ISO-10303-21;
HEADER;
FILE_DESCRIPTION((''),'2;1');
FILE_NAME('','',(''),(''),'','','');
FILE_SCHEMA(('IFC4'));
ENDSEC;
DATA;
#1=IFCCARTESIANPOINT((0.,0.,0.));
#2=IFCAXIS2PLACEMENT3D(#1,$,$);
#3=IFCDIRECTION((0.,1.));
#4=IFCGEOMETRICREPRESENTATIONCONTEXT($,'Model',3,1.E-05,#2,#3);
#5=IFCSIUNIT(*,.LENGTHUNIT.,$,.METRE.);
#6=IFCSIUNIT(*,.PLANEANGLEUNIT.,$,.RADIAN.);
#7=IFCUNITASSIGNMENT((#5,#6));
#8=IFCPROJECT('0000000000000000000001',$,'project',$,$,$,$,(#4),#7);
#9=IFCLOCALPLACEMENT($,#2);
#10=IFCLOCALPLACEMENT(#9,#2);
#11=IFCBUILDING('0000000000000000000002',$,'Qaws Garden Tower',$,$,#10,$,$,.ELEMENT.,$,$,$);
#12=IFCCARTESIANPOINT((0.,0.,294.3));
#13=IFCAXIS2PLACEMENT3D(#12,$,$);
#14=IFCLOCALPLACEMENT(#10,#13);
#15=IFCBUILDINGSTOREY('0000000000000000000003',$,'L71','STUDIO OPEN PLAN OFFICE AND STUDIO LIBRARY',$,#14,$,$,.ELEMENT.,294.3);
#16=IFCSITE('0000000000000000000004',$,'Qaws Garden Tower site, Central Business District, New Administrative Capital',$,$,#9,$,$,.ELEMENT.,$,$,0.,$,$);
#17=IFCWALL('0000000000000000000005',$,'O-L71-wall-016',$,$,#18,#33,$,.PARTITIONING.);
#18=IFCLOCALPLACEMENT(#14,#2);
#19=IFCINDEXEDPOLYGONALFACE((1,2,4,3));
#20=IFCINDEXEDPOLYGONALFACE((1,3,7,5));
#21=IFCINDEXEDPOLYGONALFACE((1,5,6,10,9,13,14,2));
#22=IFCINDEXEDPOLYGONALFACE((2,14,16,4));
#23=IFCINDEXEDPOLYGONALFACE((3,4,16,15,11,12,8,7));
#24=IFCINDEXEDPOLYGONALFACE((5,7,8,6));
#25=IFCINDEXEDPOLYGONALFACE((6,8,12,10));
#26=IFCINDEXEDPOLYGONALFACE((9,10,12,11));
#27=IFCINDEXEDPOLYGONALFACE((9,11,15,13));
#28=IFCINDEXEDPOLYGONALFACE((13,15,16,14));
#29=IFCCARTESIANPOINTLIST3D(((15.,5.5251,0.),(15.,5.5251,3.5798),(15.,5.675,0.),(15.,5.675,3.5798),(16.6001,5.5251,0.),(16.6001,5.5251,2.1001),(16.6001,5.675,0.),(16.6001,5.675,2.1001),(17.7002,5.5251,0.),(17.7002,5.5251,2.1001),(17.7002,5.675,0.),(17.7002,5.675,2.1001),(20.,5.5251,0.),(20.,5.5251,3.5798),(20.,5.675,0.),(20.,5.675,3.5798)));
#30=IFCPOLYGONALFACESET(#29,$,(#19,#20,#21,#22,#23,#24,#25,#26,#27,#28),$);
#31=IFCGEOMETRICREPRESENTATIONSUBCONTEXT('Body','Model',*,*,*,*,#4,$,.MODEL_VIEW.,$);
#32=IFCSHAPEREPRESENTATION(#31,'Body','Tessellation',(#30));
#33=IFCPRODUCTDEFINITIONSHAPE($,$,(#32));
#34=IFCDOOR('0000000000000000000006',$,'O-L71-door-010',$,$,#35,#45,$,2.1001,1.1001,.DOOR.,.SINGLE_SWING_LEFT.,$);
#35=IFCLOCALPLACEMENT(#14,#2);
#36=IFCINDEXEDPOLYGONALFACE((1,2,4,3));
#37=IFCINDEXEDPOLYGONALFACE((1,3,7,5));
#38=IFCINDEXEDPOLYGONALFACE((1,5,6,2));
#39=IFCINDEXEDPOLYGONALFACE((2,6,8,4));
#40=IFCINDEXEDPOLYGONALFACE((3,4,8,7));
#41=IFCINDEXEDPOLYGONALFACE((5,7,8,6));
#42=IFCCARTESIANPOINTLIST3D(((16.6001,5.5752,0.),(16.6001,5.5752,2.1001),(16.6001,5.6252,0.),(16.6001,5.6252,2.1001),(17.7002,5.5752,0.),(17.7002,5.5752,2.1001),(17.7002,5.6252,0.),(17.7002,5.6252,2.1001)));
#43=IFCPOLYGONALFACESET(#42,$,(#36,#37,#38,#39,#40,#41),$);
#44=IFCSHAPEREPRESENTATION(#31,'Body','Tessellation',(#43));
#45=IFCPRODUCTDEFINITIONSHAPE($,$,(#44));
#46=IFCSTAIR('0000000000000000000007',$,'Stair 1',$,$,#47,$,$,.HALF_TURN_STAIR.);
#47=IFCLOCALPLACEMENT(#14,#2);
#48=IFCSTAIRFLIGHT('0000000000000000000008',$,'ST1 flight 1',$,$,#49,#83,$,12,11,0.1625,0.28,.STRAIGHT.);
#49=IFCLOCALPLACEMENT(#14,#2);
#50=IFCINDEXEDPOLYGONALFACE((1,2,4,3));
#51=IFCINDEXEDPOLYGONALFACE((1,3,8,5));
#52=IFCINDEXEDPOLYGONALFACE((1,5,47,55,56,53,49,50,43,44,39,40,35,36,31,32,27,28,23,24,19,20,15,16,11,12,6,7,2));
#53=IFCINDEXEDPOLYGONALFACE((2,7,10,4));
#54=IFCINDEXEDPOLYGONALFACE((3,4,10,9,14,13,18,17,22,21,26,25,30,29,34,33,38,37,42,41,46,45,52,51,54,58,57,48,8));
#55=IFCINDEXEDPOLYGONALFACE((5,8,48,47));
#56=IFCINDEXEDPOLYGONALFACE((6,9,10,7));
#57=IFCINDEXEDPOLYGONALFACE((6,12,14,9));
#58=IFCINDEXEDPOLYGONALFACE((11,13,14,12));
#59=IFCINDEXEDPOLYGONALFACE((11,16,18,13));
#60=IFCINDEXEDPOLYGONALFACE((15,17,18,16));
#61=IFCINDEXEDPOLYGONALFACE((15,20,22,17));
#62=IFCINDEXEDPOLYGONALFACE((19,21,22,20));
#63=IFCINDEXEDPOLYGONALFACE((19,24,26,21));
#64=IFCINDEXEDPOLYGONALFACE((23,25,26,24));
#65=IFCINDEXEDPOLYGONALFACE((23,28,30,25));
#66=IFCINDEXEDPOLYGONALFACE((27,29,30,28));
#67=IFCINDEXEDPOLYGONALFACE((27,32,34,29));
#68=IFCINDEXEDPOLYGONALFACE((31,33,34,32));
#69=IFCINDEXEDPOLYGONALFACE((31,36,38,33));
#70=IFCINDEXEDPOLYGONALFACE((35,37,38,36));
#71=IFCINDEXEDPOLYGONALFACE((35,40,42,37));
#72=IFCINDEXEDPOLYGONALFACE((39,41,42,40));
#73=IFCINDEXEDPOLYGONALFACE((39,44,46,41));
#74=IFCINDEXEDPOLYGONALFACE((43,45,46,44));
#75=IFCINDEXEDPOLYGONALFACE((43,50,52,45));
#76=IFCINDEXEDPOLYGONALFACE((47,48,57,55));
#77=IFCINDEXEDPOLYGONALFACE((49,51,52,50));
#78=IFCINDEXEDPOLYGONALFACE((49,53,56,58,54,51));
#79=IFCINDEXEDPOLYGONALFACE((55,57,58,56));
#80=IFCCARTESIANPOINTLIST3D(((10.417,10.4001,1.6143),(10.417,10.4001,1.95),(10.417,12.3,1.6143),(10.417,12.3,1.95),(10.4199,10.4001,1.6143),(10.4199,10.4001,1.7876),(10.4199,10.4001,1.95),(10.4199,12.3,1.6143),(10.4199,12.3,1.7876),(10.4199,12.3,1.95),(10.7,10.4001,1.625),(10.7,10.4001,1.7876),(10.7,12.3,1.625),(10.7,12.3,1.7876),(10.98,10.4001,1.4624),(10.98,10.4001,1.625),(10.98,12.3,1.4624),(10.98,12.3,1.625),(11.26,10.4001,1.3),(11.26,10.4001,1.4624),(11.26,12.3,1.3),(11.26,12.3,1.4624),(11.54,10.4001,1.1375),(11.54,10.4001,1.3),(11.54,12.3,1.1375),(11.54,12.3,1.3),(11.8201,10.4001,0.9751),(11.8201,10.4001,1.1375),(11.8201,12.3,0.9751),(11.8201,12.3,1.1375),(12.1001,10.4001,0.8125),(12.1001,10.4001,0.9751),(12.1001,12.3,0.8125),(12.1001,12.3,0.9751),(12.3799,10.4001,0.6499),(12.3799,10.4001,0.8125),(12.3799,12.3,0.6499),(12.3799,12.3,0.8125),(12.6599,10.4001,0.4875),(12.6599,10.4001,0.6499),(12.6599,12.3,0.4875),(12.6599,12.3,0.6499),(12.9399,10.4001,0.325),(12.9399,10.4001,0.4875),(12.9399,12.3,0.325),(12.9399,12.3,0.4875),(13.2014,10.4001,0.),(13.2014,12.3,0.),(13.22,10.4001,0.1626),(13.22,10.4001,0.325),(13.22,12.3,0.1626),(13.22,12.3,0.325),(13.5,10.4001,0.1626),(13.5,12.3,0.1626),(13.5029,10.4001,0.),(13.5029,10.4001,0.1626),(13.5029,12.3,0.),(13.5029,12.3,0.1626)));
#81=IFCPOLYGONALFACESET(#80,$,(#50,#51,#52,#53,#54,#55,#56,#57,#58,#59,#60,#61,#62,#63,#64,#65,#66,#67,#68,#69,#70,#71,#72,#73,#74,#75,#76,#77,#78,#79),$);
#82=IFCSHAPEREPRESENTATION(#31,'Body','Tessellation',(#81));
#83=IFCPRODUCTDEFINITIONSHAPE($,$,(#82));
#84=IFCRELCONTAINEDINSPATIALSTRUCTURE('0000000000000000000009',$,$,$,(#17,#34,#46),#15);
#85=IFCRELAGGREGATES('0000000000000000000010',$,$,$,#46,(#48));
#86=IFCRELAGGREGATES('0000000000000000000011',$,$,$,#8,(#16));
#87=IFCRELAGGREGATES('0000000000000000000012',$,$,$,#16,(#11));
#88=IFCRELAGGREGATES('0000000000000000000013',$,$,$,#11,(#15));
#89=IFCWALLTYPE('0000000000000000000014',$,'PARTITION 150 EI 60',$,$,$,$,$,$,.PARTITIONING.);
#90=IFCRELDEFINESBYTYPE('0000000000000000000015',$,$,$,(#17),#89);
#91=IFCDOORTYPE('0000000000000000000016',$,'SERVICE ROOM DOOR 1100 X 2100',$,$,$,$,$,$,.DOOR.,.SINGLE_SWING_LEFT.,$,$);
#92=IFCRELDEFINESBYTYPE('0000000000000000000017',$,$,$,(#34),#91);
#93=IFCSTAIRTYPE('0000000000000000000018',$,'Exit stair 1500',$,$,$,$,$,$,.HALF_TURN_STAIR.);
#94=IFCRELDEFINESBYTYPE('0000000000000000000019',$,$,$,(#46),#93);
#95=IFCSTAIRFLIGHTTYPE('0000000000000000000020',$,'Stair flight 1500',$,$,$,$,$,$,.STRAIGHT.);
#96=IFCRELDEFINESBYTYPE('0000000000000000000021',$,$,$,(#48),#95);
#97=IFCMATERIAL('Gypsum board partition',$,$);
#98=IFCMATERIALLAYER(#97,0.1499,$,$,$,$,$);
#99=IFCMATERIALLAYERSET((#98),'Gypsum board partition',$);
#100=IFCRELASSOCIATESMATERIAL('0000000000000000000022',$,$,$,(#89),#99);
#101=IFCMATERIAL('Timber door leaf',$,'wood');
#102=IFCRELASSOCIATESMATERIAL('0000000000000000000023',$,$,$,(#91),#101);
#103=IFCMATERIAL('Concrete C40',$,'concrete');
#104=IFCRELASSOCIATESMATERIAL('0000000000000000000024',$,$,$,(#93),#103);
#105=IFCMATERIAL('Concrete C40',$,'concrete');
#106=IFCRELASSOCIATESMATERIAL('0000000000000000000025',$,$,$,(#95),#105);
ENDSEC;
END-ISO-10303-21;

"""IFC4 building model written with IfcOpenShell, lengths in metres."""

from ifc_helpers import new_model, si_unit, direction, frame, frame_2d, origin, place, context, subcontext, project, spatial, polyline, rectangle, outline, extrude, material, layer, layer_set, type_object, element, fill, aggregate, save


model = new_model("IFC4")

# Units and contexts
model_context = context("Model", 3, precision=1e-05, world=origin(), true_north=direction((0.0, 1.0)))
body_context = subcontext(model_context, "Body", "Model", "MODEL_VIEW")
ifc_project = project(units=[si_unit("LENGTHUNIT", "METRE"), si_unit("PLANEANGLEUNIT", "RADIAN")], contexts=[model_context])

# Site, building, storey
site_placement = place(None, origin())
site = spatial("IfcSite", under=ifc_project, at=site_placement, Name="Qaws Garden Tower site, Central Business District, New Administrative Capital", CompositionType="ELEMENT", RefElevation=0.0)
building_placement = place(site_placement, origin())
building = spatial("IfcBuilding", under=site, at=building_placement, Name="Qaws Garden Tower", CompositionType="ELEMENT")
storey_placement = place(building_placement, frame((0.0, 0.0, 294.3)))
storey = spatial("IfcBuildingStorey", under=building, at=storey_placement, Name="L71", Description="STUDIO OPEN PLAN OFFICE AND STUDIO LIBRARY", CompositionType="ELEMENT", Elevation=294.3)

# Shared definitions
ifc_material_1 = material(Name="Gypsum board partition")
ifc_layer_1 = layer(ifc_material_1, 0.1499)
ifc_layer_set_1 = layer_set([ifc_layer_1], Name="Gypsum board partition")
wall_type_1 = type_object("IfcWallType", Name="PARTITION 150 EI 60", PredefinedType="PARTITIONING", material=ifc_layer_set_1)

# Wall, opening, door
wall_1_placement = place(storey_placement, frame((15.0, 5.6001, 0.0), z_axis=(0.0, 0.0, 1.0), x_axis=(1.0, 0.0, 0.0)))
wall_1 = element("IfcWall", 1, at=wall_1_placement, inside=storey, type_object=wall_type_1, Name="O-L71-wall-016", PredefinedType="PARTITIONING", context=body_context, shape_type="SweptSolid", body=[
    extrude(rectangle(XDim=5.0, YDim=0.1499, at=frame_2d((2.5, 0.0))), origin(), (0.0, 0.0, 1.0), 3.5798),
])
opening_1_placement = place(wall_1_placement, frame((1.6001, 0.0, 0.0)))
opening_1 = element("IfcOpeningElement", 2, at=opening_1_placement, cuts=wall_1, PredefinedType="OPENING", context=body_context, shape_type="SweptSolid", body=[
    extrude(rectangle(XDim=1.1001, YDim=2.1001, at=frame_2d((0.55, 1.05))), frame((0.0, 0.085, 0.0), z_axis=(0.0, -1.0, 0.0), x_axis=(1.0, 0.0, 0.0)), (0.0, 0.0, 1.0), 0.1699),
])
ifc_material_2 = material(Name="Timber door leaf", Category="wood")
door_type_1 = type_object("IfcDoorType", Name="SERVICE ROOM DOOR 1100 X 2100", OperationType="SINGLE_SWING_LEFT", PredefinedType="DOOR", material=ifc_material_2)
door_1_placement = place(opening_1_placement, frame((1.1001, 0.0, 0.0), z_axis=(0.0, 0.0, 1.0), x_axis=(-1.0, 0.0, 0.0)))
door_1 = element("IfcDoor", 3, at=door_1_placement, inside=storey, type_object=door_type_1, Name="O-L71-door-010", OperationType="SINGLE_SWING_LEFT", OverallHeight=2.1001, OverallWidth=1.1001, PredefinedType="DOOR", context=body_context, shape_type="SweptSolid", body=[
    extrude(rectangle(XDim=1.1001, YDim=2.1001, at=frame_2d((0.55, 1.05))), frame((0.0, 0.0249, 0.0), z_axis=(0.0, -1.0, 0.0), x_axis=(1.0, 0.0, 0.0)), (0.0, 0.0, 1.0), 0.05),
])
fill(opening_1, door_1)

# Stair, stair flight
ifc_material_3 = material(Name="Concrete C40", Category="concrete")
stair_type = type_object("IfcStairType", Name="Exit stair 1500", PredefinedType="HALF_TURN_STAIR", material=ifc_material_3)
stair_placement = place(storey_placement, origin())
stair = element("IfcStair", 4, at=stair_placement, inside=storey, type_object=stair_type, Name="Stair 1", PredefinedType="HALF_TURN_STAIR")
ifc_material_4 = material(Name="Concrete C40", Category="concrete")
stair_flight_type = type_object("IfcStairFlightType", Name="Stair flight 1500", PredefinedType="STRAIGHT", material=ifc_material_4)
stair_flight_placement = place(storey_placement, frame((13.5, 11.3501, 0.0), z_axis=(0.0, 0.0, 1.0), x_axis=(-1.0, 0.0, 0.0)))
stair_flight = element("IfcStairFlight", 5, at=stair_flight_placement, type_object=stair_flight_type, Name="ST1 flight 1", NumberOfRisers=12, NumberOfTreads=11, PredefinedType="STRAIGHT", RiserHeight=0.1625, TreadLength=0.28, context=body_context, shape_type="SweptSolid", body=[
    extrude(outline(polyline([(-0.0029, 0.0), (-0.0029, 0.1626), (0.0, 0.1626), (0.28, 0.1626), (0.28, 0.325), (0.5601, 0.325), (0.5601, 0.4875), (0.8401, 0.4875), (0.8401, 0.6499), (1.1201, 0.6499), (1.1201, 0.8125), (1.3999, 0.8125), (1.3999, 0.9751), (1.6799, 0.9751), (1.6799, 1.1375), (1.96, 1.1375), (1.96, 1.3), (2.24, 1.3), (2.24, 1.4624), (2.52, 1.4624), (2.52, 1.625), (2.8, 1.625), (2.8, 1.7876), (3.0801, 1.7876), (3.0801, 1.95), (3.083, 1.95), (3.083, 1.6143), (3.0801, 1.6143), (0.2986, 0.0), (-0.0029, 0.0)])), frame((0.0, 0.95, 0.0), z_axis=(0.0, -1.0, 0.0), x_axis=(1.0, 0.0, 0.0)), (0.0, 0.0, 1.0), 1.8999),
])
aggregate(stair, [stair_flight])

save(model, "model.ifc")
